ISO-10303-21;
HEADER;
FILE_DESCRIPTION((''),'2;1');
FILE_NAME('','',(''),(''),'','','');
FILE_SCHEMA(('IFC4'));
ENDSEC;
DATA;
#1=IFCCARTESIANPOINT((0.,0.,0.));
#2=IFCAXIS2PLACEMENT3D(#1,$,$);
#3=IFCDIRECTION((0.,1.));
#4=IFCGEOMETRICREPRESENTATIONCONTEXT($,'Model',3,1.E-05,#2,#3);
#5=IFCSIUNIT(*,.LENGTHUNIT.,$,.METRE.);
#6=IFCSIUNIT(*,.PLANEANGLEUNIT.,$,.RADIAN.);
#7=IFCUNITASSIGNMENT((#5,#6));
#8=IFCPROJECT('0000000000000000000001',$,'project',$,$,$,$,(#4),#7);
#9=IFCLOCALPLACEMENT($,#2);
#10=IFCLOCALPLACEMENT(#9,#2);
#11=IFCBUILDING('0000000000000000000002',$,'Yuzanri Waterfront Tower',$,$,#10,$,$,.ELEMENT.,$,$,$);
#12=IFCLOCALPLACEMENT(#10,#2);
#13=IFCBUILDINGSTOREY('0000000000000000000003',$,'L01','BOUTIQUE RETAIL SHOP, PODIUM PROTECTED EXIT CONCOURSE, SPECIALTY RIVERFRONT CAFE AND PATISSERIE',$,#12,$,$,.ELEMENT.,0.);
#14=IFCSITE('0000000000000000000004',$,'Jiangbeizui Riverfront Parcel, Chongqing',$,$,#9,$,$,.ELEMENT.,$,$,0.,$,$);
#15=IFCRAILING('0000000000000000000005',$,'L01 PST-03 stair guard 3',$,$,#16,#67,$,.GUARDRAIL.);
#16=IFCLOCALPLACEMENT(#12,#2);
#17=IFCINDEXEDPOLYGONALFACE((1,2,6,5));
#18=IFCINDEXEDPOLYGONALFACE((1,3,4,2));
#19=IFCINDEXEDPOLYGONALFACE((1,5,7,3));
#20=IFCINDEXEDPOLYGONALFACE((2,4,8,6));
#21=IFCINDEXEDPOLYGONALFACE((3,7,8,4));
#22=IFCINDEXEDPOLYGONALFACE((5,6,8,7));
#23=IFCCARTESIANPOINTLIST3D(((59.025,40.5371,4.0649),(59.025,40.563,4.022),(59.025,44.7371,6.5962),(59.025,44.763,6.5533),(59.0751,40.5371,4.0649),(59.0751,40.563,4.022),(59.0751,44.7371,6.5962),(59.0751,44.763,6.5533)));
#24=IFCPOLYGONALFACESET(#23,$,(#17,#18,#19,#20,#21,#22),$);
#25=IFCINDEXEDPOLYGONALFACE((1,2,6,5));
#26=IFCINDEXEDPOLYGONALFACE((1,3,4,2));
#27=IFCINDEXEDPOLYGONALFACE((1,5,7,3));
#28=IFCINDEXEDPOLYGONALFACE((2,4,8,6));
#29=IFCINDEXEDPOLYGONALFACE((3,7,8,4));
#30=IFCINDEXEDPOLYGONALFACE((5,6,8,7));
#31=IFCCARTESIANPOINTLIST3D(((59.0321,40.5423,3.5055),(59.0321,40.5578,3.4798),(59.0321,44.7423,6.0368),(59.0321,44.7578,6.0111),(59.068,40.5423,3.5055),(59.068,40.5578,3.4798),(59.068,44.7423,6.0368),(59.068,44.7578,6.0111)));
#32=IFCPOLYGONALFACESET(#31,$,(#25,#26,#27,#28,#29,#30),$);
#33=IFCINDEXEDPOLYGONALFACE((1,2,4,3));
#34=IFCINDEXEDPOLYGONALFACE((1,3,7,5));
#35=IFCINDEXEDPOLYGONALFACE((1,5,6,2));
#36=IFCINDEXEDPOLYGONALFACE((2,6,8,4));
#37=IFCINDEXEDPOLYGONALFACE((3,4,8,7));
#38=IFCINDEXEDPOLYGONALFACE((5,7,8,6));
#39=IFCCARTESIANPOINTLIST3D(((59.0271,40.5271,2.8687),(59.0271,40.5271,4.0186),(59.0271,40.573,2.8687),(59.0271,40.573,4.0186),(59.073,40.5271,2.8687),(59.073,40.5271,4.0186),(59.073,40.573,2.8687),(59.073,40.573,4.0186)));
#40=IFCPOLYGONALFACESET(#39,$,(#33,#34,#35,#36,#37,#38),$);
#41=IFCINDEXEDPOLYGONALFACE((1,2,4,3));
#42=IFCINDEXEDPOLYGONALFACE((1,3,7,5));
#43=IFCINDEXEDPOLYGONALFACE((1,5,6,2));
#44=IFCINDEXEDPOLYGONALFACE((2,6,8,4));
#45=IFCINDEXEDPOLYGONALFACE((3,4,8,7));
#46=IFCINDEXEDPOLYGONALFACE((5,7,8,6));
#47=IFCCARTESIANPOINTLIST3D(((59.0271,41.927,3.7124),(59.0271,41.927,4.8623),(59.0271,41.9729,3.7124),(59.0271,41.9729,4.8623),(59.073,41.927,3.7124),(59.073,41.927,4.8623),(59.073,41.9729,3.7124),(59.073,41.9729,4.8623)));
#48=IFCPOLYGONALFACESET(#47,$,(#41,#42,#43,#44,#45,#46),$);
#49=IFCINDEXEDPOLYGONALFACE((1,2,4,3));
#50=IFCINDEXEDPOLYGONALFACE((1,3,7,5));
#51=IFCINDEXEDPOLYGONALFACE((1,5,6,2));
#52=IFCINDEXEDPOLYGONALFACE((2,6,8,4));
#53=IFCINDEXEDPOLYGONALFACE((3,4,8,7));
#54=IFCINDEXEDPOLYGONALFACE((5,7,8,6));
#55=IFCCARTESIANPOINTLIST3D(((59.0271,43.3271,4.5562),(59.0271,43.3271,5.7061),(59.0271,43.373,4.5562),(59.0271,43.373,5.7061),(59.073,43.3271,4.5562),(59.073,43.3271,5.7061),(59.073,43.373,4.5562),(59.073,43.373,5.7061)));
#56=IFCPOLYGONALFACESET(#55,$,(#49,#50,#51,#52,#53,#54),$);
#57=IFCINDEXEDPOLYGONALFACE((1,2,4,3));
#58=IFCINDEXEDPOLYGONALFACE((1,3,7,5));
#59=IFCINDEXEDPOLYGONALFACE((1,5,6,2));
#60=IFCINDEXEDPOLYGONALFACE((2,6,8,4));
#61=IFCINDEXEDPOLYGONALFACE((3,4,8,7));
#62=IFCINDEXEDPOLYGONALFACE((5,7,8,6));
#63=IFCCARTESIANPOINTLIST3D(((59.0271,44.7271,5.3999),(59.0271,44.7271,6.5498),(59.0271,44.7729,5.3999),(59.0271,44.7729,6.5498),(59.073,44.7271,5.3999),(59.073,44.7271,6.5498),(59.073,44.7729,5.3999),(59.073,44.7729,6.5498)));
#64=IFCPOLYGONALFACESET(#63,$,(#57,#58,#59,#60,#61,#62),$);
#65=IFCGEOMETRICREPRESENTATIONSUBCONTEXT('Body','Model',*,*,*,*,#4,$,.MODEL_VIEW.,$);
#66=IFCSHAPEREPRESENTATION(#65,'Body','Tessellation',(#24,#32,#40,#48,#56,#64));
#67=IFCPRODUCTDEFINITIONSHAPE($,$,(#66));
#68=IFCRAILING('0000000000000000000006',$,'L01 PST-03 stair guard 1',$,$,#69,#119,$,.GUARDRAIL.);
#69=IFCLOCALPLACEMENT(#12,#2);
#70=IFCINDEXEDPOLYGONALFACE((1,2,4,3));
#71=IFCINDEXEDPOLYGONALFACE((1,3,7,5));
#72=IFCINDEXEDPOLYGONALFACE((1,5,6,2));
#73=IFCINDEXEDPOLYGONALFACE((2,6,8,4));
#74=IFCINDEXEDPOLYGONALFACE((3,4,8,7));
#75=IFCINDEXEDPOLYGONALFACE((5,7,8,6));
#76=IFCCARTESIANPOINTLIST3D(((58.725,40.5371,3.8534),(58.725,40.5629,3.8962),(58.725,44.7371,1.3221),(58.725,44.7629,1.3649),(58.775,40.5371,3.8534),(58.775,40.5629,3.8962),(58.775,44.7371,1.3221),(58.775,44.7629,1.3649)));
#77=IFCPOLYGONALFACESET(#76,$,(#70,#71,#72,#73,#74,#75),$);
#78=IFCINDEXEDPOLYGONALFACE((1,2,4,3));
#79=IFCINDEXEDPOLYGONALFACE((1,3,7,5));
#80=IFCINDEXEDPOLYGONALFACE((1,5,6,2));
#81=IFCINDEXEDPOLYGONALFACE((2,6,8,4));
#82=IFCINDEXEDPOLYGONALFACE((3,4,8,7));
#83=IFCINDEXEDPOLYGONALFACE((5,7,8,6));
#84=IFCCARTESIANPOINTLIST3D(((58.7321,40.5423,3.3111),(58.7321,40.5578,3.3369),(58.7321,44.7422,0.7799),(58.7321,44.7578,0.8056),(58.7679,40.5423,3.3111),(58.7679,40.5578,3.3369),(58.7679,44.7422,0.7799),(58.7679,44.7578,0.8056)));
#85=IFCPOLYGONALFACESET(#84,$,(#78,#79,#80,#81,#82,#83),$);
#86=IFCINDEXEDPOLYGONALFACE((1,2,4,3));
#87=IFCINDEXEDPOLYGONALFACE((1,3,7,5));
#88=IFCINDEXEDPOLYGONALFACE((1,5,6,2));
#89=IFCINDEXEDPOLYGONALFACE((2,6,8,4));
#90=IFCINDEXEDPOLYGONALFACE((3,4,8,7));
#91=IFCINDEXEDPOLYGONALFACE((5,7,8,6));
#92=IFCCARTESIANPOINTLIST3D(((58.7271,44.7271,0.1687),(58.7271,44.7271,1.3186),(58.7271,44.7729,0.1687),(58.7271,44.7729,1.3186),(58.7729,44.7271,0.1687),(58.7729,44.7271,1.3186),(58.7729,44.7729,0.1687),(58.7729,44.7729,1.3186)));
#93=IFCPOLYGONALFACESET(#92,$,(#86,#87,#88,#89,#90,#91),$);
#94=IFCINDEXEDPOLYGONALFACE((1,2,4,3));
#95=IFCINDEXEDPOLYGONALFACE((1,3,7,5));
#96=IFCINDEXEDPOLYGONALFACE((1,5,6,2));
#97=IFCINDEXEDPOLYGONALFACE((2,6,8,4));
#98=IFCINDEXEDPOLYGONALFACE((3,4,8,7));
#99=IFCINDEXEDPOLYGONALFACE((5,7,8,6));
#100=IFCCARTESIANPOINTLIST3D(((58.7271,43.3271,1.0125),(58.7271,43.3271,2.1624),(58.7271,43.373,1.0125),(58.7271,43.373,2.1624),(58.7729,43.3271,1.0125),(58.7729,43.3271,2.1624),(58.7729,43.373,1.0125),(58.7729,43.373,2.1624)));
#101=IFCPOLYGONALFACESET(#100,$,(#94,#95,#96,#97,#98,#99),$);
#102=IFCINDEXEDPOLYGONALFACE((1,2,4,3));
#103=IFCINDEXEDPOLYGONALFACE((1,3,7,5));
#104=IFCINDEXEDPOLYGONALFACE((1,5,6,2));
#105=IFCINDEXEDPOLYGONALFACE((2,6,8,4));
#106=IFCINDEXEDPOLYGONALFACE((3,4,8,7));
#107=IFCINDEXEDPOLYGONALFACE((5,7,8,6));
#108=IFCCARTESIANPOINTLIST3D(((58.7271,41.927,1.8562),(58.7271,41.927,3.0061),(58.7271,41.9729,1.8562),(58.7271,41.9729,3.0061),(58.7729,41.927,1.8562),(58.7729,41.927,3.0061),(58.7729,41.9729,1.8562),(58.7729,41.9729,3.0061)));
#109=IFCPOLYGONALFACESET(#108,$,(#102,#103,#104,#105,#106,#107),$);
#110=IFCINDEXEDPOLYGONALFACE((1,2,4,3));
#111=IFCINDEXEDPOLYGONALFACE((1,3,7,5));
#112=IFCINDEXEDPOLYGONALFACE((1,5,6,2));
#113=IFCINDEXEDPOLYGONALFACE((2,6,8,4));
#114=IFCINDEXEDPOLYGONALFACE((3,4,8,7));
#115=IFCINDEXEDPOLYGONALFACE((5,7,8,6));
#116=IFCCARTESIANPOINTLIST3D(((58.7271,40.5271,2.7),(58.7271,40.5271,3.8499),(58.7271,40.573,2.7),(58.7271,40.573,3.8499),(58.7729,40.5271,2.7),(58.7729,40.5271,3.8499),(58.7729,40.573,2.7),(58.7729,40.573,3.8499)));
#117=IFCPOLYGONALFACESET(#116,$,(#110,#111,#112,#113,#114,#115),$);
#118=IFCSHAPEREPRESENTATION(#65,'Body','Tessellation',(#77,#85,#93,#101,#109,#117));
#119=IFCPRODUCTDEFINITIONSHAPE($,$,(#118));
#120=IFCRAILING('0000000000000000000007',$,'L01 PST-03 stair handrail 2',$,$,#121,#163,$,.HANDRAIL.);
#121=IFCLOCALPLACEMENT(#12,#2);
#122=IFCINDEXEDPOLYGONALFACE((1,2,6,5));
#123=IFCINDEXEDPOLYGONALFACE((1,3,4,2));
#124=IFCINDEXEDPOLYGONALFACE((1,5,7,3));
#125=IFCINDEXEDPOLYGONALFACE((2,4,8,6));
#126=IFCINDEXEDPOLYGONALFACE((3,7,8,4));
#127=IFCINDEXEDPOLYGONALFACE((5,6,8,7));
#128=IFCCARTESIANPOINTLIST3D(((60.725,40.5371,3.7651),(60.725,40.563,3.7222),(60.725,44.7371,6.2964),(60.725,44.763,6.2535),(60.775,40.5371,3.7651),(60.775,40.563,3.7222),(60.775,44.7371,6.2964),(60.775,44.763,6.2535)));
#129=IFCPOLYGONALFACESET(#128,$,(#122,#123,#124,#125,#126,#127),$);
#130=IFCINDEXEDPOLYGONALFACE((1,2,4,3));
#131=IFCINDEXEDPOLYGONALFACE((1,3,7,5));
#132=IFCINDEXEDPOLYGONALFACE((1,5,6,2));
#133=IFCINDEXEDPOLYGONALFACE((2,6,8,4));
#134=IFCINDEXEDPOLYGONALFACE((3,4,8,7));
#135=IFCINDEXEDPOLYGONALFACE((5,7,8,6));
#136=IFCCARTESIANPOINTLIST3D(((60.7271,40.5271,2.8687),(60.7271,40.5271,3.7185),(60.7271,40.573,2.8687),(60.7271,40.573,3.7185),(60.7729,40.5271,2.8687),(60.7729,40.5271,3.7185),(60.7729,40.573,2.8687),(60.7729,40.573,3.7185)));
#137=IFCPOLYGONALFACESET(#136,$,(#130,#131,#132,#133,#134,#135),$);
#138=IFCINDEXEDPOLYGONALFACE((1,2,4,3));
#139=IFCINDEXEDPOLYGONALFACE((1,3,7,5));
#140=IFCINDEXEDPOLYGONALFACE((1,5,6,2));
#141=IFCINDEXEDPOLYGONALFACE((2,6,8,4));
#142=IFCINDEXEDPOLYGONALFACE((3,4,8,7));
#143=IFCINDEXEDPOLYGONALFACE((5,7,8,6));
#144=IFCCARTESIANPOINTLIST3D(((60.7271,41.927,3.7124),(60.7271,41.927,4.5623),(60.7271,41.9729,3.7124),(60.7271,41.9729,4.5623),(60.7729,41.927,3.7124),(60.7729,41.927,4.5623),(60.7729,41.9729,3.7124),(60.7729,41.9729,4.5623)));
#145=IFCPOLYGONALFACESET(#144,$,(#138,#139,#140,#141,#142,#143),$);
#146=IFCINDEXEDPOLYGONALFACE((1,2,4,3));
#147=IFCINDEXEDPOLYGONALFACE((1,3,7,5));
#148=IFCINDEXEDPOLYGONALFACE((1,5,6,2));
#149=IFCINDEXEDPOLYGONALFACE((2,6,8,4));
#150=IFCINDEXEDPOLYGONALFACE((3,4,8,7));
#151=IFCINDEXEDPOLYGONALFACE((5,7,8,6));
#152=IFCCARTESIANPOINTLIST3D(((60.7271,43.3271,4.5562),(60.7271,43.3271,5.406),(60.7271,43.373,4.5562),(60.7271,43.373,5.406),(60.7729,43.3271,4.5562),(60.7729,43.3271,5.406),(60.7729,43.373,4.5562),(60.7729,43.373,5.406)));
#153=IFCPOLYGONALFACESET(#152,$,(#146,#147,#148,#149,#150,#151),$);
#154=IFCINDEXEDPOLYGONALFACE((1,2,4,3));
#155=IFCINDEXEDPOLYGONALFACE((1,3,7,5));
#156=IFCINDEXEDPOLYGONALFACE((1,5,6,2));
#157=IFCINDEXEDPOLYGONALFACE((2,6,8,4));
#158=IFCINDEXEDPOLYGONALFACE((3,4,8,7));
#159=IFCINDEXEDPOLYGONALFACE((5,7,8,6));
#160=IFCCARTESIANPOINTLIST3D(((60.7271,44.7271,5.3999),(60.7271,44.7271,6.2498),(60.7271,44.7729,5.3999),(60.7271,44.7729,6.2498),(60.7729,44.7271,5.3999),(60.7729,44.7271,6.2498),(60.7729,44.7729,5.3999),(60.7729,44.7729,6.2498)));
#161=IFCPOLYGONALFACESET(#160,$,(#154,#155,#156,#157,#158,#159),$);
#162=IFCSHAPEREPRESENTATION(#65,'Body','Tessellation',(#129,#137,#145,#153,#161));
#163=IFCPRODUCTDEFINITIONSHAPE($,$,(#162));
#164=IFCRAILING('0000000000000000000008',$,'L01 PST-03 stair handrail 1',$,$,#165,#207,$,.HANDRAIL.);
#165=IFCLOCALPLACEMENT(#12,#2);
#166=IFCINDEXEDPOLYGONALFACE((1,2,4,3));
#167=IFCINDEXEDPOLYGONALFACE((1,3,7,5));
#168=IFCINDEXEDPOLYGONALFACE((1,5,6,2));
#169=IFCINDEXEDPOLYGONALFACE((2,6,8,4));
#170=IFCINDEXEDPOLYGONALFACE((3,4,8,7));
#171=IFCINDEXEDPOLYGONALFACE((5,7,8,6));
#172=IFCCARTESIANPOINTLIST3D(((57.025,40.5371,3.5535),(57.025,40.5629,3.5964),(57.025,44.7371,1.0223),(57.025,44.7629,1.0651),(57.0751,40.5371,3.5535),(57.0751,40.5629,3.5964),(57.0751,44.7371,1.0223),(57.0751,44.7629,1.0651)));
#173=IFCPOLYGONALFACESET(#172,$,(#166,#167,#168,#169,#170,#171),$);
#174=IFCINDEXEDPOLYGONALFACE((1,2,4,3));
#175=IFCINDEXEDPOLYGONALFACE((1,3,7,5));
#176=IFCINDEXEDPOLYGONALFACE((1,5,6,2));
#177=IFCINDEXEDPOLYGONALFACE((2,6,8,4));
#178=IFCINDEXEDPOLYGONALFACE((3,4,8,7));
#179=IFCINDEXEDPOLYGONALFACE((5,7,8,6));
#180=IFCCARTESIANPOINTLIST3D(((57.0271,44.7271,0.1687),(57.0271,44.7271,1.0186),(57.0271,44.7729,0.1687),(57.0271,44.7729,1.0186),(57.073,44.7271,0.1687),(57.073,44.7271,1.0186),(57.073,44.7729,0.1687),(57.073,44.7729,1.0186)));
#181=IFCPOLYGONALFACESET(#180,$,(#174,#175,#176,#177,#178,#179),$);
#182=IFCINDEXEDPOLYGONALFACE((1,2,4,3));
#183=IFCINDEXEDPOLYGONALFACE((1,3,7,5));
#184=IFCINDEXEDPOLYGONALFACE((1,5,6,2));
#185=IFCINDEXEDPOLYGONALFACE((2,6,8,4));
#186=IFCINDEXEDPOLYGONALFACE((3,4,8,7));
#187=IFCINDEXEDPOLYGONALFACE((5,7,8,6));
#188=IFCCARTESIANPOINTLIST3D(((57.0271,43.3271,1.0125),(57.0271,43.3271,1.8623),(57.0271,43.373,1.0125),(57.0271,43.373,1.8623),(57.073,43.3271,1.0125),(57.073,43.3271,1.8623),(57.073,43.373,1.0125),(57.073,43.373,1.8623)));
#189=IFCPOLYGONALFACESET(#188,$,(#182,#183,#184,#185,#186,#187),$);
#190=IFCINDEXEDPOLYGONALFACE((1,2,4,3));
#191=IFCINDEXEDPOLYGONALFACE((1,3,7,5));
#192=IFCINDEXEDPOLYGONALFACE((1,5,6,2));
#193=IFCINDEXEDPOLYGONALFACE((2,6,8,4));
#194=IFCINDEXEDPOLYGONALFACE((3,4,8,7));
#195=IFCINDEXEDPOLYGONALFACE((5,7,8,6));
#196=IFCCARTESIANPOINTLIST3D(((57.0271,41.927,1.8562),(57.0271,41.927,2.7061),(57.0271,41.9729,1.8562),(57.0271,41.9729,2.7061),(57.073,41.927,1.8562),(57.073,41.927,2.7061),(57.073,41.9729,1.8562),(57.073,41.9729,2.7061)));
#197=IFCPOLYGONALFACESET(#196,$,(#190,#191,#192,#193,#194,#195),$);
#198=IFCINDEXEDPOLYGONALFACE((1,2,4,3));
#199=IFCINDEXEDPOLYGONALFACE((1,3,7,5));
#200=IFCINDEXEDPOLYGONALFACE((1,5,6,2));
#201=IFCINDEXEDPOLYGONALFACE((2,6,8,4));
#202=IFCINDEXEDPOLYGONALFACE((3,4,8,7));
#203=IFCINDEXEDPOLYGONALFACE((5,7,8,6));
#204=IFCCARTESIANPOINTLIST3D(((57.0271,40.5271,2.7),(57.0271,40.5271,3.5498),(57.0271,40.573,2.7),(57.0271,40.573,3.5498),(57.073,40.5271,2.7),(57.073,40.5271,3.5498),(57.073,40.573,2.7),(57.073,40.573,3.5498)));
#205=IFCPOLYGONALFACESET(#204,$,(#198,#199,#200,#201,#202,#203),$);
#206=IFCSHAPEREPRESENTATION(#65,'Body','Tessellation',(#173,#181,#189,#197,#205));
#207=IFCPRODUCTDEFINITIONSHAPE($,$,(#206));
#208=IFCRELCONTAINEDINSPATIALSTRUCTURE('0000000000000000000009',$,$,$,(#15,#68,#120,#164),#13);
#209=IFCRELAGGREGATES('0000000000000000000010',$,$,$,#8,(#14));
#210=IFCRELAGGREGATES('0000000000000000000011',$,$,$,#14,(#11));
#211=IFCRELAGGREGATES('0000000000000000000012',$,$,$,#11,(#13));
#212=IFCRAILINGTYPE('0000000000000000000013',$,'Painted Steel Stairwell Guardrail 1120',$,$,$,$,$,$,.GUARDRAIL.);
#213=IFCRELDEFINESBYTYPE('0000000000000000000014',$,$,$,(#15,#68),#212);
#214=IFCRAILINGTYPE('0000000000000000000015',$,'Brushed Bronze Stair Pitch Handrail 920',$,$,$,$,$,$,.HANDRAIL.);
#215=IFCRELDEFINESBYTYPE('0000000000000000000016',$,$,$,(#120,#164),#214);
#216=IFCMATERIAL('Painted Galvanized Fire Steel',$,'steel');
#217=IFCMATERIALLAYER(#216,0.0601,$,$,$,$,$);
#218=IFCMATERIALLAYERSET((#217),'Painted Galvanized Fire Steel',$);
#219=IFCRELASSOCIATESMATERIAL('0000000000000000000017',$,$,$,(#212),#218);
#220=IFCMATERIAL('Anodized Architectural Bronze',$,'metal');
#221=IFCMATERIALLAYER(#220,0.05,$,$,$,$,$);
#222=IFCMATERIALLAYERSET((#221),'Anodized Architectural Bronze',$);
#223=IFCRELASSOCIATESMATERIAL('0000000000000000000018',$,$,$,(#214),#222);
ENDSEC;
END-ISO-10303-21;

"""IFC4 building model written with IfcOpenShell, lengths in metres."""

from ifc_helpers import new_model, si_unit, direction, frame, origin, origin_2d, place, context, subcontext, project, spatial, rectangle, extrude, source, transform, mapped, material, layer, layer_set, type_object, element, save


model = new_model("IFC4")

# Units and contexts
model_context = context("Model", 3, precision=1e-05, world=origin(), true_north=direction((0.0, 1.0)))
body_context = subcontext(model_context, "Body", "Model", "MODEL_VIEW")
ifc_project = project(units=[si_unit("LENGTHUNIT", "METRE"), si_unit("PLANEANGLEUNIT", "RADIAN")], contexts=[model_context])

# Site, building, storey
site_placement = place(None, origin())
site = spatial("IfcSite", under=ifc_project, at=site_placement, Name="Jiangbeizui Riverfront Parcel, Chongqing", CompositionType="ELEMENT", RefElevation=0.0)
building_placement = place(site_placement, origin())
building = spatial("IfcBuilding", under=site, at=building_placement, Name="Yuzanri Waterfront Tower", CompositionType="ELEMENT")
storey_placement = place(building_placement, origin())
storey = spatial("IfcBuildingStorey", under=building, at=storey_placement, Name="L01", Description="BOUTIQUE RETAIL SHOP, PODIUM PROTECTED EXIT CONCOURSE, SPECIALTY RIVERFRONT CAFE AND PATISSERIE", CompositionType="ELEMENT", Elevation=0.0)

# Railings
ifc_material_1 = material(Name="Painted Galvanized Fire Steel", Category="steel")
ifc_layer_1 = layer(ifc_material_1, 0.0601)
ifc_layer_set_1 = layer_set([ifc_layer_1], Name="Painted Galvanized Fire Steel")
railing_type_1 = type_object("IfcRailingType", Name="Painted Steel Stairwell Guardrail 1120", PredefinedType="GUARDRAIL", material=ifc_layer_set_1)
shared_shape_1 = source(origin(), body_context, "Body", "SweptSolid", [
    extrude(rectangle(XDim=0.05, YDim=0.05, at=origin_2d()), frame((0.0, 0.0, 1.1748), z_axis=(0.0, 0.856476, 0.516186), x_axis=(-1.0, 0.0, 0.0)), (0.0, 0.0, 1.0), 4.9038),
    extrude(rectangle(XDim=0.0359, YDim=0.03, at=origin_2d()), frame((0.0, 0.0, 0.624), z_axis=(0.0, 0.856476, 0.516186), x_axis=(-1.0, 0.0, 0.0)), (0.0, 0.0, 1.0), 4.9038),
    extrude(rectangle(XDim=0.0459, YDim=0.0459, at=origin_2d()), origin(), (0.0, 0.0, 1.0), 1.1499),
    extrude(rectangle(XDim=0.0459, YDim=0.0459, at=origin_2d()), frame((0.0, 1.3999, 0.8438)), (0.0, 0.0, 1.0), 1.1499),
    extrude(rectangle(XDim=0.0459, YDim=0.0459, at=origin_2d()), frame((0.0, 2.8, 1.6875)), (0.0, 0.0, 1.0), 1.1499),
    extrude(rectangle(XDim=0.0459, YDim=0.0459, at=origin_2d()), frame((0.0, 4.2, 2.5312)), (0.0, 0.0, 1.0), 1.1499),
])
railing_1_placement = place(storey_placement, frame((59.05, 40.55, 2.8687)))
element("IfcRailing", 1, at=railing_1_placement, inside=storey, type_object=railing_type_1, Name="L01 PST-03 stair guard 3", PredefinedType="GUARDRAIL", context=body_context, shape_type="MappedRepresentation", body=[
    mapped(shared_shape_1, transform((0.0, 0.0, 0.0), scale=1.0)),
])
shared_shape_2 = source(origin(), body_context, "Body", "SweptSolid", [
    extrude(rectangle(XDim=0.05, YDim=0.05, at=origin_2d()), frame((0.0, 0.0, 1.1748), z_axis=(0.0, -0.856476, 0.516186), x_axis=(1.0, 0.0, 0.0)), (0.0, 0.0, 1.0), 4.9038),
    extrude(rectangle(XDim=0.0359, YDim=0.03, at=origin_2d()), frame((0.0, 0.0, 0.624), z_axis=(0.0, -0.856476, 0.516186), x_axis=(1.0, 0.0, 0.0)), (0.0, 0.0, 1.0), 4.9038),
    extrude(rectangle(XDim=0.0459, YDim=0.0459, at=origin_2d()), origin(), (0.0, 0.0, 1.0), 1.1499),
    extrude(rectangle(XDim=0.0459, YDim=0.0459, at=origin_2d()), frame((0.0, -1.3999, 0.8438)), (0.0, 0.0, 1.0), 1.1499),
    extrude(rectangle(XDim=0.0459, YDim=0.0459, at=origin_2d()), frame((0.0, -2.8, 1.6875)), (0.0, 0.0, 1.0), 1.1499),
    extrude(rectangle(XDim=0.0459, YDim=0.0459, at=origin_2d()), frame((0.0, -4.2, 2.5312)), (0.0, 0.0, 1.0), 1.1499),
])
railing_2_placement = place(storey_placement, frame((58.75, 44.75, 0.1687)))
element("IfcRailing", 2, at=railing_2_placement, inside=storey, type_object=railing_type_1, Name="L01 PST-03 stair guard 1", PredefinedType="GUARDRAIL", context=body_context, shape_type="MappedRepresentation", body=[
    mapped(shared_shape_2, transform((0.0, 0.0, 0.0), scale=1.0)),
])
ifc_material_2 = material(Name="Anodized Architectural Bronze", Category="metal")
ifc_layer_2 = layer(ifc_material_2, 0.05)
ifc_layer_set_2 = layer_set([ifc_layer_2], Name="Anodized Architectural Bronze")
railing_type_2 = type_object("IfcRailingType", Name="Brushed Bronze Stair Pitch Handrail 920", PredefinedType="HANDRAIL", material=ifc_layer_set_2)
shared_shape_3 = source(origin(), body_context, "Body", "SweptSolid", [
    extrude(rectangle(XDim=0.05, YDim=0.05, at=origin_2d()), frame((0.0, 0.0, 0.875), z_axis=(0.0, 0.856476, 0.516186), x_axis=(-1.0, 0.0, 0.0)), (0.0, 0.0, 1.0), 4.9038),
    extrude(rectangle(XDim=0.0459, YDim=0.0459, at=origin_2d()), origin(), (0.0, 0.0, 1.0), 0.8499),
    extrude(rectangle(XDim=0.0459, YDim=0.0459, at=origin_2d()), frame((0.0, 1.3999, 0.8438)), (0.0, 0.0, 1.0), 0.8499),
    extrude(rectangle(XDim=0.0459, YDim=0.0459, at=origin_2d()), frame((0.0, 2.8, 1.6875)), (0.0, 0.0, 1.0), 0.8499),
    extrude(rectangle(XDim=0.0459, YDim=0.0459, at=origin_2d()), frame((0.0, 4.2, 2.5312)), (0.0, 0.0, 1.0), 0.8499),
])
railing_3_placement = place(storey_placement, frame((60.75, 40.55, 2.8687)))
element("IfcRailing", 3, at=railing_3_placement, inside=storey, type_object=railing_type_2, Name="L01 PST-03 stair handrail 2", PredefinedType="HANDRAIL", context=body_context, shape_type="MappedRepresentation", body=[
    mapped(shared_shape_3, transform((0.0, 0.0, 0.0), scale=1.0)),
])
shared_shape_4 = source(origin(), body_context, "Body", "SweptSolid", [
    extrude(rectangle(XDim=0.05, YDim=0.05, at=origin_2d()), frame((0.0, 0.0, 0.875), z_axis=(0.0, -0.856476, 0.516186), x_axis=(1.0, 0.0, 0.0)), (0.0, 0.0, 1.0), 4.9038),
    extrude(rectangle(XDim=0.0459, YDim=0.0459, at=origin_2d()), origin(), (0.0, 0.0, 1.0), 0.8499),
    extrude(rectangle(XDim=0.0459, YDim=0.0459, at=origin_2d()), frame((0.0, -1.3999, 0.8438)), (0.0, 0.0, 1.0), 0.8499),
    extrude(rectangle(XDim=0.0459, YDim=0.0459, at=origin_2d()), frame((0.0, -2.8, 1.6875)), (0.0, 0.0, 1.0), 0.8499),
    extrude(rectangle(XDim=0.0459, YDim=0.0459, at=origin_2d()), frame((0.0, -4.2, 2.5312)), (0.0, 0.0, 1.0), 0.8499),
])
railing_4_placement = place(storey_placement, frame((57.05, 44.75, 0.1687)))
element("IfcRailing", 4, at=railing_4_placement, inside=storey, type_object=railing_type_2, Name="L01 PST-03 stair handrail 1", PredefinedType="HANDRAIL", context=body_context, shape_type="MappedRepresentation", body=[
    mapped(shared_shape_4, transform((0.0, 0.0, 0.0), scale=1.0)),
])

save(model, "model.ifc")
